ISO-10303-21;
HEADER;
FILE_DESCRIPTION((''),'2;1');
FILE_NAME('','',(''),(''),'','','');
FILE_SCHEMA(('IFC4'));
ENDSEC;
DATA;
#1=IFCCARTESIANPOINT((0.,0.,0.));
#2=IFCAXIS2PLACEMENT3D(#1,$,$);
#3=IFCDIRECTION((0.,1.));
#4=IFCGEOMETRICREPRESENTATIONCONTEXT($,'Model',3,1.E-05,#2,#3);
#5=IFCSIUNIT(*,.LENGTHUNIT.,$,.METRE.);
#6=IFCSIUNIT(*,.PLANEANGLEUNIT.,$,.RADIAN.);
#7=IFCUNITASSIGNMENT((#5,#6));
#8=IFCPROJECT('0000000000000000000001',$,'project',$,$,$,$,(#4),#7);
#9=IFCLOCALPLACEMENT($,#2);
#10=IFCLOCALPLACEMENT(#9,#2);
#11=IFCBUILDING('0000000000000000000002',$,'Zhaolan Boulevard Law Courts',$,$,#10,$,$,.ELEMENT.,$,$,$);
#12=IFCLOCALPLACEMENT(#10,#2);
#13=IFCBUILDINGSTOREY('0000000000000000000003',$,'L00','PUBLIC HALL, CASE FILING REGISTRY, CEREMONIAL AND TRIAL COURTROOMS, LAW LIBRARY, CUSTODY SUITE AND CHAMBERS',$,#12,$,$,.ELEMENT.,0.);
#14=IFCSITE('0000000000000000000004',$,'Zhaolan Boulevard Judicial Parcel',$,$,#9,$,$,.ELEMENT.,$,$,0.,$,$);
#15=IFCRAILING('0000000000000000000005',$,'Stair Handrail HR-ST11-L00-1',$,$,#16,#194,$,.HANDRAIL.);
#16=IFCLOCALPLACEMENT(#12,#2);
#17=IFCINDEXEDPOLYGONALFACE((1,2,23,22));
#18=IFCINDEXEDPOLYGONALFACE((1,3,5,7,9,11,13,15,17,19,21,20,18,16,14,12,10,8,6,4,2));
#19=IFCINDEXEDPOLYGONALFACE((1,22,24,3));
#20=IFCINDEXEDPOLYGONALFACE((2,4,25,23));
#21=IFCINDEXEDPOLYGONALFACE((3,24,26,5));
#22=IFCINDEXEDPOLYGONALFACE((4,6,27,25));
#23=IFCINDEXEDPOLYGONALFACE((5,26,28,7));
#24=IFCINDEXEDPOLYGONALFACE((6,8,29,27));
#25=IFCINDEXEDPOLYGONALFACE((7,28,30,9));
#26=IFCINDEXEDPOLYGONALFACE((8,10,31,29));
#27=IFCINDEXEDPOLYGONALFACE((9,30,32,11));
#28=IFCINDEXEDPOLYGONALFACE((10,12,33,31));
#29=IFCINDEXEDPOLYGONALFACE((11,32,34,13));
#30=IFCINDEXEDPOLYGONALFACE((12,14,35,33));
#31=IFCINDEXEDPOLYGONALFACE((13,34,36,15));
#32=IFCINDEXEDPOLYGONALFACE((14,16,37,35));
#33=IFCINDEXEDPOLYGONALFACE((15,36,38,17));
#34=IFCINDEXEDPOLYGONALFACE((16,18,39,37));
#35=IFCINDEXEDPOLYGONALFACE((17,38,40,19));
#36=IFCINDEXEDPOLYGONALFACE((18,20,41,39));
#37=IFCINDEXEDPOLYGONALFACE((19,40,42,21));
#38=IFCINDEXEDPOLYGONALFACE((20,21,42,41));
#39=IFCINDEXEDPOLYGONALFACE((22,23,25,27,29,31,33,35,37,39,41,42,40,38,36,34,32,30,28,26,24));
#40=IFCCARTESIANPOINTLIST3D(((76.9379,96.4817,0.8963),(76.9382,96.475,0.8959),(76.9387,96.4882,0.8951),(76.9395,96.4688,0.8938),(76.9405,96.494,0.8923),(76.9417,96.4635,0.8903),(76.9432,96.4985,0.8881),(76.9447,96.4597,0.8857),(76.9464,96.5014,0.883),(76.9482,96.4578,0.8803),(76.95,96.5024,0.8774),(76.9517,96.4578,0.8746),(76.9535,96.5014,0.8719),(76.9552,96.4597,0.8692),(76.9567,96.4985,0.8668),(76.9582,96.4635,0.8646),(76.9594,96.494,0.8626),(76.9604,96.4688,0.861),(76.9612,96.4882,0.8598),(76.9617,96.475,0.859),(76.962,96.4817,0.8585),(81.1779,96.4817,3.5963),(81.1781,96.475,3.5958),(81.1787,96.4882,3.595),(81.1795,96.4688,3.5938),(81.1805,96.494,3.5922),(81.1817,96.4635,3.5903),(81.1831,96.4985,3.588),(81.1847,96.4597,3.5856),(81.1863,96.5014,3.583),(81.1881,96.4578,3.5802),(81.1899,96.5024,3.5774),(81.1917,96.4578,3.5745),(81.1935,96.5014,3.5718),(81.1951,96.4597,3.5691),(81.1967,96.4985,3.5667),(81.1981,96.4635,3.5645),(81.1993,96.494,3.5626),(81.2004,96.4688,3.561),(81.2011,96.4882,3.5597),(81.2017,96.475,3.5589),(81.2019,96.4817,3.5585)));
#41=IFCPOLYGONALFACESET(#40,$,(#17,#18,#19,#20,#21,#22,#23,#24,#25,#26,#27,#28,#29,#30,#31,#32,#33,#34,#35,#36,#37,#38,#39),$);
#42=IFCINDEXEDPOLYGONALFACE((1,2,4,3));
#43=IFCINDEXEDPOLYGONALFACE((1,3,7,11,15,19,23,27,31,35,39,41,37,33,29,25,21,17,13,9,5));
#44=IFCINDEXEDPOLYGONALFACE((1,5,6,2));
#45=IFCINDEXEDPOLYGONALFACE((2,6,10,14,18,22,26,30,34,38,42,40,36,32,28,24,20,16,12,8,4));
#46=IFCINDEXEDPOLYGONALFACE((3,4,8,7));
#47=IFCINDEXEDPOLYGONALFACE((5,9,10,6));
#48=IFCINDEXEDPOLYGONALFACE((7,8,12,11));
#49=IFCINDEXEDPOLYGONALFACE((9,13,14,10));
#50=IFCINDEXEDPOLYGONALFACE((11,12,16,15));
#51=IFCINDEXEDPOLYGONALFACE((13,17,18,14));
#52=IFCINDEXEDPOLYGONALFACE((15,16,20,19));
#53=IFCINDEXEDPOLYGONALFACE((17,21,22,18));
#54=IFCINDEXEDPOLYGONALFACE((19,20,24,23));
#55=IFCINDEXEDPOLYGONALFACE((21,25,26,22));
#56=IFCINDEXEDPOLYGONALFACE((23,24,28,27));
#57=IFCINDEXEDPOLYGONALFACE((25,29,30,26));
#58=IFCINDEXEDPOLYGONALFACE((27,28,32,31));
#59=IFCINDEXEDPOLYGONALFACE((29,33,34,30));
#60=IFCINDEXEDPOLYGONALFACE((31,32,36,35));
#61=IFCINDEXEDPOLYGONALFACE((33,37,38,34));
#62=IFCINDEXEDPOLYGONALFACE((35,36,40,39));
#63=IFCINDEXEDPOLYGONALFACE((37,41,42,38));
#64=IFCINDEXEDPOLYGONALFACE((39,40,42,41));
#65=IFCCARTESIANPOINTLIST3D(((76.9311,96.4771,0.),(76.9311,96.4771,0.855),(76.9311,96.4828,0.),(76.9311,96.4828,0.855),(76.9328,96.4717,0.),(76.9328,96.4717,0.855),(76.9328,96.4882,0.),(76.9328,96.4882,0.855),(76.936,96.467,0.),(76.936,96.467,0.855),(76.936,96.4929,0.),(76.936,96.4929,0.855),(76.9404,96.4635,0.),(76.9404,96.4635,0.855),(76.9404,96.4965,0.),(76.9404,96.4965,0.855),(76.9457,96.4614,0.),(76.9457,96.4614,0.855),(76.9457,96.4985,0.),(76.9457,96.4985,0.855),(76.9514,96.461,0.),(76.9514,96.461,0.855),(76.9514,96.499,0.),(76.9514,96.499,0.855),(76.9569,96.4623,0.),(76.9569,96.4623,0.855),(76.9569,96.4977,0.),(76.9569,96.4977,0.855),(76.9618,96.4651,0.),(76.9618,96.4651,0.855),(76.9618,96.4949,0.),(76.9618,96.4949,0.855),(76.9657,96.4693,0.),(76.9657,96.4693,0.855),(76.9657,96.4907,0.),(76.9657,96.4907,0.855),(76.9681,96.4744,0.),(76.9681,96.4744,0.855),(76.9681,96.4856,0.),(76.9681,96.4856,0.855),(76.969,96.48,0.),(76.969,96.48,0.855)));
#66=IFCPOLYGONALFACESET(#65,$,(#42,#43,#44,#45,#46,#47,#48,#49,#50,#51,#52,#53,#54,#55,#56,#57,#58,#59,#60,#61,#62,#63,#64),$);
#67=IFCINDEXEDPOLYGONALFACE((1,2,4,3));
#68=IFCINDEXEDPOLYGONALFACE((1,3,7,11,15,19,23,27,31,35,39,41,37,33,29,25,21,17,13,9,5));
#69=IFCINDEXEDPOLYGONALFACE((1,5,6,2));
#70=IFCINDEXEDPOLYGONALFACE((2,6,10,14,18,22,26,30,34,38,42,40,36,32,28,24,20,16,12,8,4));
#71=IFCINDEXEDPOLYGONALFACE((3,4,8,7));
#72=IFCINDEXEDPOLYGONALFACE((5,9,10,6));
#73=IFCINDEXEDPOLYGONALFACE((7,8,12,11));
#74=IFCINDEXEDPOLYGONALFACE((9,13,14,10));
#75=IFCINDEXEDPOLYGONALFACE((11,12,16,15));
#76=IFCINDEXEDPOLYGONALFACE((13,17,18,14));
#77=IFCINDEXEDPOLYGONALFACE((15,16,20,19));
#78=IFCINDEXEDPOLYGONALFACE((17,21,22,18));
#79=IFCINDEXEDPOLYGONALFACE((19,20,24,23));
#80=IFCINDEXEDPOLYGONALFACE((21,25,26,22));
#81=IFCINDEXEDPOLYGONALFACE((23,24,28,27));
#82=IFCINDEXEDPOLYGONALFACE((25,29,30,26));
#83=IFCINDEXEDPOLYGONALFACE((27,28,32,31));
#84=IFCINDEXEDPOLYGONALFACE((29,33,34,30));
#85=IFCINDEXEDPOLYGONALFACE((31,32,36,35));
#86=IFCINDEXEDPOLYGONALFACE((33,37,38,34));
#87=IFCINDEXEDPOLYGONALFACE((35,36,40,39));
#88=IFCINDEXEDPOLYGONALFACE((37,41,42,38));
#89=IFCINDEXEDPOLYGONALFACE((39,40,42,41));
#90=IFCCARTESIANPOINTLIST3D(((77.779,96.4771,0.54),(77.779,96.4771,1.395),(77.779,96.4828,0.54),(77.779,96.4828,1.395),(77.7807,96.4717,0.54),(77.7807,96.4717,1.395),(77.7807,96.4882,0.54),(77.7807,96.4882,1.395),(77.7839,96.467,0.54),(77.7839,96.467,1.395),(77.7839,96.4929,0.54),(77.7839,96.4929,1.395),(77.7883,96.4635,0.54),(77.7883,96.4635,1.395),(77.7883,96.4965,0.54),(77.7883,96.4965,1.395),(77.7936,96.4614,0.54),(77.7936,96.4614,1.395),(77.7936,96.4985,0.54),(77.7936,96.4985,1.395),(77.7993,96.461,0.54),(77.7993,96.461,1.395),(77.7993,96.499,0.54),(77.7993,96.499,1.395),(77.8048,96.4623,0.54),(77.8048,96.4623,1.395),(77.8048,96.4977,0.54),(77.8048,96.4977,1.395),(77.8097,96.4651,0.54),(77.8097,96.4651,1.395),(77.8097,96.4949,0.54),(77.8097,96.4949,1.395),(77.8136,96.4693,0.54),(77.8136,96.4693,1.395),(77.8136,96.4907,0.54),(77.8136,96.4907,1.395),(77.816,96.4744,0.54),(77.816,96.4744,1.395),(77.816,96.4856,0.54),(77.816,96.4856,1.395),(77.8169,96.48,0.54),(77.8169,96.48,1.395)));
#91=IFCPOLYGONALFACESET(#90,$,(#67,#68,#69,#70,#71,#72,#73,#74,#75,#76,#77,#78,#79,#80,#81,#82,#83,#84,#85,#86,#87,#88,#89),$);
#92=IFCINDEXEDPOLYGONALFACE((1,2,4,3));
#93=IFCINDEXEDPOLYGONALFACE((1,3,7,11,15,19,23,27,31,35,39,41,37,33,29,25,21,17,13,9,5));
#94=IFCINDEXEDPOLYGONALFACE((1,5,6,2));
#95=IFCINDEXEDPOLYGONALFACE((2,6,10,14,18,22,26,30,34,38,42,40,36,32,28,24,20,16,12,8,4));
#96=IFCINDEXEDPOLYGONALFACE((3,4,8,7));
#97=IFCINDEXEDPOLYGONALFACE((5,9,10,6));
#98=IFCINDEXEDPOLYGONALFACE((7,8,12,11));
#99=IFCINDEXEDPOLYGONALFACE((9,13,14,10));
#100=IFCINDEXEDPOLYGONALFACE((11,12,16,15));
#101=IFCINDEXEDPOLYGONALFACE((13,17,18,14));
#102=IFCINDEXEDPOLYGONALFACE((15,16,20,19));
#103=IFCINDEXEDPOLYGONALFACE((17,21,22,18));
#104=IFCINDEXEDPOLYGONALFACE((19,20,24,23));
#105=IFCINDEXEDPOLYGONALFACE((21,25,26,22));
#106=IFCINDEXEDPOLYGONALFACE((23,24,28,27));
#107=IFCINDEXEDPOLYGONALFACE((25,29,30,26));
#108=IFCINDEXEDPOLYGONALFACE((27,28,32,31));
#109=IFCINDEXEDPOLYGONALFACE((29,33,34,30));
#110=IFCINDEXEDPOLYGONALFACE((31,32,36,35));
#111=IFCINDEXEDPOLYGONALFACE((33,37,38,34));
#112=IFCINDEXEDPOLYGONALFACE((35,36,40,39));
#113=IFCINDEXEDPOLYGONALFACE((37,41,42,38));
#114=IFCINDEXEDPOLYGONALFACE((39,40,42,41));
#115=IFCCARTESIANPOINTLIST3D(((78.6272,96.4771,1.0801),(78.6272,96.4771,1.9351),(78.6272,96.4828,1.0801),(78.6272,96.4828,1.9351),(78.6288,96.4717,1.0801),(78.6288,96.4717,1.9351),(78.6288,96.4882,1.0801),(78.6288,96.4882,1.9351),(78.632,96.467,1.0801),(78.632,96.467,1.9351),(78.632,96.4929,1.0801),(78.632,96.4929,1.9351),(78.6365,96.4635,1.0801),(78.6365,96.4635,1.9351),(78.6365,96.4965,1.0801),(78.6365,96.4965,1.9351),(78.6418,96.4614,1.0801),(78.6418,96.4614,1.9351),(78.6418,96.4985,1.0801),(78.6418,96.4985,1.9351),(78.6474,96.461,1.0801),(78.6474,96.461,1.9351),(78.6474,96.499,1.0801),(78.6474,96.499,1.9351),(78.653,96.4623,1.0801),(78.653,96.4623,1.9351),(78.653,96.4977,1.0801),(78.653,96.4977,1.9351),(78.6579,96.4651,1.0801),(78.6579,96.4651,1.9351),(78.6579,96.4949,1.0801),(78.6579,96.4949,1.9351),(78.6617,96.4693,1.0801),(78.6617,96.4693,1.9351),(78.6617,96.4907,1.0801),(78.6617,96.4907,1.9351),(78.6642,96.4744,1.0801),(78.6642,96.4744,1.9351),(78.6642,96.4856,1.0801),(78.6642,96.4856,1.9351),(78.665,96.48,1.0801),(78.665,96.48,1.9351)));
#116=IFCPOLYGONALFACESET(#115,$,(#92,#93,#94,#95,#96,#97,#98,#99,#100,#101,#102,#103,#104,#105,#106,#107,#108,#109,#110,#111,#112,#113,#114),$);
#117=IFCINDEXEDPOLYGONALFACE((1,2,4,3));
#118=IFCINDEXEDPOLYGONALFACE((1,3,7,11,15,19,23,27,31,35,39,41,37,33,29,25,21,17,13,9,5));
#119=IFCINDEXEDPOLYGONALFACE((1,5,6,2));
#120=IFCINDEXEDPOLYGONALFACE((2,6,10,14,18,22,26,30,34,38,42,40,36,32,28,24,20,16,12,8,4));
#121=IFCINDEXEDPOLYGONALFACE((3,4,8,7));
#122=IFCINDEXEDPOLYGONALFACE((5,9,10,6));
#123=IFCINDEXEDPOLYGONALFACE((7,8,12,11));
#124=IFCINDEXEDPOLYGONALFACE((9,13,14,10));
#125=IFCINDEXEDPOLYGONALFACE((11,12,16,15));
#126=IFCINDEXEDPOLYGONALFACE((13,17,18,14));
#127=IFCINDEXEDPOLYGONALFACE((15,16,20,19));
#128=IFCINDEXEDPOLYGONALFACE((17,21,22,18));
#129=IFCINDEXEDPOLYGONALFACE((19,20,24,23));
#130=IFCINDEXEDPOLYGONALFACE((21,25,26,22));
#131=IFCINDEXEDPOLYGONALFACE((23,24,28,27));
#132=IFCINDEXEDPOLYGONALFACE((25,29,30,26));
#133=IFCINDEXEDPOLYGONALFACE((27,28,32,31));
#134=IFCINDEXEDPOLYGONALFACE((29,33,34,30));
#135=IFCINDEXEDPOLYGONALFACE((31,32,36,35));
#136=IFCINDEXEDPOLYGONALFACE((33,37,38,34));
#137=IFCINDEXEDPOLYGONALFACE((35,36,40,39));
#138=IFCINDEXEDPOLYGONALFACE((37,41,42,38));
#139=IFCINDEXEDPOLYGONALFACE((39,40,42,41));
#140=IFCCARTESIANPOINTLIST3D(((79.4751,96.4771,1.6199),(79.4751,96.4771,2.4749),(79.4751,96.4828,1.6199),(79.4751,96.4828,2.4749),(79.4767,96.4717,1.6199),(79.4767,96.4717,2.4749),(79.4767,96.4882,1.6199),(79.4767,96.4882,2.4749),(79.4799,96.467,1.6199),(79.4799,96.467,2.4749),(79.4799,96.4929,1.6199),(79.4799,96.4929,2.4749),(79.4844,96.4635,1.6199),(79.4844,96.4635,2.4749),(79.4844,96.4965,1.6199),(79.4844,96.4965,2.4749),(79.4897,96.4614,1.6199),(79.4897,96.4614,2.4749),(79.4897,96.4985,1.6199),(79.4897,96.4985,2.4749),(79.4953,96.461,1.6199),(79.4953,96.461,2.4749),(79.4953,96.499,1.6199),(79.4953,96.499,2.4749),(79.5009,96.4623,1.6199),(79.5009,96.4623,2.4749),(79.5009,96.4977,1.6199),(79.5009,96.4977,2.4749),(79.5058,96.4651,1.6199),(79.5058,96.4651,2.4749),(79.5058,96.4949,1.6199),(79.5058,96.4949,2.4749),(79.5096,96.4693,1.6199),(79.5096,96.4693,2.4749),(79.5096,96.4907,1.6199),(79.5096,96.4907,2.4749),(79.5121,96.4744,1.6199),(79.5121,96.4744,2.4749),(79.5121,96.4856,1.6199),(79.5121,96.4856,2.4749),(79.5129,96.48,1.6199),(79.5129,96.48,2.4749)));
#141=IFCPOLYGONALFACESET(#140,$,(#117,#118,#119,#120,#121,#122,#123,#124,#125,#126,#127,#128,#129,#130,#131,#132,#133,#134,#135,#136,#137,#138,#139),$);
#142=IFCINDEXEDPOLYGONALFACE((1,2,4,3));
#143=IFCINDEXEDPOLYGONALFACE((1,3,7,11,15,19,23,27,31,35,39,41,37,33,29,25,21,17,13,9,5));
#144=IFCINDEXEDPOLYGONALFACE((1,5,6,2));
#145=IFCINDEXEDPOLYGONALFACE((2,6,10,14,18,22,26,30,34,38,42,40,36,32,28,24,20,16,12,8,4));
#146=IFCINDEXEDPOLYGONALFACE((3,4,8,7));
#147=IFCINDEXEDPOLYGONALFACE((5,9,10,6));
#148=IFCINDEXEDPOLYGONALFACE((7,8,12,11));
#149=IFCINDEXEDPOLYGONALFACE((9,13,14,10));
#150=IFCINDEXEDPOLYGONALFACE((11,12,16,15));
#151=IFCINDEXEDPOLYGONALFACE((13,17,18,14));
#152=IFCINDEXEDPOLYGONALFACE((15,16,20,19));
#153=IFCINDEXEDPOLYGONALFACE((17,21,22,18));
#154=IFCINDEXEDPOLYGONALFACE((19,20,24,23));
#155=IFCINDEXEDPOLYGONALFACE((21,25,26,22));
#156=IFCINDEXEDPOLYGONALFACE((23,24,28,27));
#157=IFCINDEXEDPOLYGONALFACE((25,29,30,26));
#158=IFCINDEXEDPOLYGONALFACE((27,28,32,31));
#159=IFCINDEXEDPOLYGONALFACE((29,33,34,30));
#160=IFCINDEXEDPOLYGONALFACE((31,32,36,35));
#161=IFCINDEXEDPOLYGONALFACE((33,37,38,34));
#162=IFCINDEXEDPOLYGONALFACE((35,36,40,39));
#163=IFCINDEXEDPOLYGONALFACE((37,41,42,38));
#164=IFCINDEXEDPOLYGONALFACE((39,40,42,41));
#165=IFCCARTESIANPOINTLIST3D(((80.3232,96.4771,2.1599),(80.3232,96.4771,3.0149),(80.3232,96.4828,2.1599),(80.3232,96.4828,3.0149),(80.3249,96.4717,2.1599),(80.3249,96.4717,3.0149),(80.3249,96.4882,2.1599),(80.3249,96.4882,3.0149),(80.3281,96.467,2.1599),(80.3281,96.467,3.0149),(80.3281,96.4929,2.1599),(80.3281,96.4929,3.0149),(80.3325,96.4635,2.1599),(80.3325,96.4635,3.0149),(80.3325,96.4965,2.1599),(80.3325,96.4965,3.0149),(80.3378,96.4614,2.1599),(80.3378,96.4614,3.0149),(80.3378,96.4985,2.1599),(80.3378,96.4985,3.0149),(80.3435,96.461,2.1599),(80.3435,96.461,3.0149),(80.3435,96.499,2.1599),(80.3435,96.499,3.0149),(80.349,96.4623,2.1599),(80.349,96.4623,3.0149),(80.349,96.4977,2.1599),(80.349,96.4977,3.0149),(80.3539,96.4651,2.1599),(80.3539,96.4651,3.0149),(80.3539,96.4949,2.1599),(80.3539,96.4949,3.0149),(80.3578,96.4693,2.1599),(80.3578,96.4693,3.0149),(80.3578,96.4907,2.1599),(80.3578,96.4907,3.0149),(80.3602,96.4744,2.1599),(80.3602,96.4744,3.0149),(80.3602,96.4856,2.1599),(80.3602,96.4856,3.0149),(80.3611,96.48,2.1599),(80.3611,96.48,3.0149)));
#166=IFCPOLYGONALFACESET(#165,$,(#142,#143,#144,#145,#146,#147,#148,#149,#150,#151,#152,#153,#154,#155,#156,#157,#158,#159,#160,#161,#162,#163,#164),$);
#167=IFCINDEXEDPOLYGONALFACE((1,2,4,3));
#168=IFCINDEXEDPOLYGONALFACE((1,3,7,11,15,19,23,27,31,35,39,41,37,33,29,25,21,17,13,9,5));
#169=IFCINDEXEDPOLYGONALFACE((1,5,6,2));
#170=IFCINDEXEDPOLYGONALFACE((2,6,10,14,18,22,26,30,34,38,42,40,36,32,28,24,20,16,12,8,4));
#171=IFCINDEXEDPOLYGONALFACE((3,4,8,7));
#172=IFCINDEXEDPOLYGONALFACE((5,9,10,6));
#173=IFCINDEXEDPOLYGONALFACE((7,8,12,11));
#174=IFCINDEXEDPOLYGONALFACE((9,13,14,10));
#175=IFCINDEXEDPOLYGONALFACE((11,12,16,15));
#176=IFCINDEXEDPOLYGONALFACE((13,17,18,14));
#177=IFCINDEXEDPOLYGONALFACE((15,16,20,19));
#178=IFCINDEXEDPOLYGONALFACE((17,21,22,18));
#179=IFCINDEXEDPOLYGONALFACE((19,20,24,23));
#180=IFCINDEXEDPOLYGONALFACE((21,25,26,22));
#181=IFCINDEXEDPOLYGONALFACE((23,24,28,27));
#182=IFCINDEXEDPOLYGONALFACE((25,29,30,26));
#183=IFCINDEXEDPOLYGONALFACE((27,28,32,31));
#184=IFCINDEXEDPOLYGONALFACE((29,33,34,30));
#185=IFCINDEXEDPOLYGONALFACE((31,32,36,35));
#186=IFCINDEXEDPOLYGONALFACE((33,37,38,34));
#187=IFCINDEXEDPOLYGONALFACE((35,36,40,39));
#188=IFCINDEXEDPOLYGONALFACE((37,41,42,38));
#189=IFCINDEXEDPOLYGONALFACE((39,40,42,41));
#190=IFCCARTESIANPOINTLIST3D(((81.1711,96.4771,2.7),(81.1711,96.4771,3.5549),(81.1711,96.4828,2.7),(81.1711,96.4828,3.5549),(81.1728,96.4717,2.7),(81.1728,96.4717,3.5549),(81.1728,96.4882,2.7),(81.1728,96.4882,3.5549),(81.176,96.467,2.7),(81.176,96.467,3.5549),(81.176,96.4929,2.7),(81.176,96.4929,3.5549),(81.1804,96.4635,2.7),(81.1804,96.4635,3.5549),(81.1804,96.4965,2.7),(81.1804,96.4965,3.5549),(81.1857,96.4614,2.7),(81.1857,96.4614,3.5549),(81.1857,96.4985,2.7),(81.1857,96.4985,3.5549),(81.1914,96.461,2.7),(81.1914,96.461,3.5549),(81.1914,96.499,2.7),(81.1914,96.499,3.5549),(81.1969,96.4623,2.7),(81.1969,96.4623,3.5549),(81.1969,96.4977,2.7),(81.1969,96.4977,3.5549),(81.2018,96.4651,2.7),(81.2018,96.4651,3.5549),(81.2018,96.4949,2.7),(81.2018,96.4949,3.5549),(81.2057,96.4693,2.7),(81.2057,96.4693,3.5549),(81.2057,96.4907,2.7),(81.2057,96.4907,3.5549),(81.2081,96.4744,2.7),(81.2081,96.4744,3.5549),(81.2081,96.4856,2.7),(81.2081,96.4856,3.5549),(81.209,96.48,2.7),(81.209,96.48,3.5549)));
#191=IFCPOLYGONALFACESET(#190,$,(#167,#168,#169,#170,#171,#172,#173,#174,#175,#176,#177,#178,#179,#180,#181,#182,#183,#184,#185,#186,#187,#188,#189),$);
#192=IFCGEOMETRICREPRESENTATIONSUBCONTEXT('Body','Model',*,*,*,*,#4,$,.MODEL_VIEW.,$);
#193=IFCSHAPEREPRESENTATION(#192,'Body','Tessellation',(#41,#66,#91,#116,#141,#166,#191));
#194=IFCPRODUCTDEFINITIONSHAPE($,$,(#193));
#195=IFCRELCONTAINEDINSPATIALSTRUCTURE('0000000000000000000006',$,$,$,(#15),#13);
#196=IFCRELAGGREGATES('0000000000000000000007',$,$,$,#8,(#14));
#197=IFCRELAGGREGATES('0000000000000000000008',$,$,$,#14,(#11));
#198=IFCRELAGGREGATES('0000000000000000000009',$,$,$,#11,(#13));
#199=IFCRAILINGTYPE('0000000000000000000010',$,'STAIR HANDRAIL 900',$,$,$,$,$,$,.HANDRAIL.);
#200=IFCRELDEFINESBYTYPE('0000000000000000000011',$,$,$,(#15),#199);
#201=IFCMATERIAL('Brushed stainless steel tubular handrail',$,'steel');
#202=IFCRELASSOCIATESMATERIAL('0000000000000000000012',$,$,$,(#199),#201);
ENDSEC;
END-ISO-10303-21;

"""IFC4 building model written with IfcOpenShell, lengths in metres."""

from ifc_helpers import new_model, si_unit, direction, frame, origin, origin_2d, place, context, subcontext, project, spatial, circle, extrude, material, type_object, element, save


model = new_model("IFC4")

# Units and contexts
model_context = context("Model", 3, precision=1e-05, world=origin(), true_north=direction((0.0, 1.0)))
body_context = subcontext(model_context, "Body", "Model", "MODEL_VIEW")
ifc_project = project(units=[si_unit("LENGTHUNIT", "METRE"), si_unit("PLANEANGLEUNIT", "RADIAN")], contexts=[model_context])

# Site, building, storey
site_placement = place(None, origin())
site = spatial("IfcSite", under=ifc_project, at=site_placement, Name="Zhaolan Boulevard Judicial Parcel", CompositionType="ELEMENT", RefElevation=0.0)
building_placement = place(site_placement, origin())
building = spatial("IfcBuilding", under=site, at=building_placement, Name="Zhaolan Boulevard Law Courts", CompositionType="ELEMENT")
storey_placement = place(building_placement, origin())
storey = spatial("IfcBuildingStorey", under=building, at=storey_placement, Name="L00", Description="PUBLIC HALL, CASE FILING REGISTRY, CEREMONIAL AND TRIAL COURTROOMS, LAW LIBRARY, CUSTODY SUITE AND CHAMBERS", CompositionType="ELEMENT", Elevation=0.0)

# Railing
ifc_material_1 = material(Name="Brushed stainless steel tubular handrail", Category="steel")
railing_type_1 = type_object("IfcRailingType", Name="STAIR HANDRAIL 900", PredefinedType="HANDRAIL", material=ifc_material_1)
railing_1_placement = place(storey_placement, frame((76.95, 96.48, 0.0)))
element("IfcRailing", 1, at=railing_1_placement, inside=storey, type_object=railing_type_1, Name="Stair Handrail HR-ST11-L00-1", PredefinedType="HANDRAIL", context=body_context, shape_type="SweptSolid", body=[
    extrude(circle(Radius=0.0225, at=origin_2d()), frame((0.0, 0.0, 0.8774), z_axis=(0.843501, 0.0, 0.537127), x_axis=(0.0, 1.0, 0.0)), (0.0, 0.0, 1.0), 5.0266),
    extrude(circle(Radius=0.019, at=origin_2d()), origin(), (0.0, 0.0, 1.0), 0.855),
    extrude(circle(Radius=0.019, at=origin_2d()), frame((0.8479, 0.0, 0.54)), (0.0, 0.0, 1.0), 0.855),
    extrude(circle(Radius=0.019, at=origin_2d()), frame((1.696, 0.0, 1.0801)), (0.0, 0.0, 1.0), 0.855),
    extrude(circle(Radius=0.019, at=origin_2d()), frame((2.5439, 0.0, 1.6199)), (0.0, 0.0, 1.0), 0.855),
    extrude(circle(Radius=0.019, at=origin_2d()), frame((3.3921, 0.0, 2.1599)), (0.0, 0.0, 1.0), 0.855),
    extrude(circle(Radius=0.019, at=origin_2d()), frame((4.24, 0.0, 2.7)), (0.0, 0.0, 1.0), 0.855),
])

save(model, "model.ifc")
